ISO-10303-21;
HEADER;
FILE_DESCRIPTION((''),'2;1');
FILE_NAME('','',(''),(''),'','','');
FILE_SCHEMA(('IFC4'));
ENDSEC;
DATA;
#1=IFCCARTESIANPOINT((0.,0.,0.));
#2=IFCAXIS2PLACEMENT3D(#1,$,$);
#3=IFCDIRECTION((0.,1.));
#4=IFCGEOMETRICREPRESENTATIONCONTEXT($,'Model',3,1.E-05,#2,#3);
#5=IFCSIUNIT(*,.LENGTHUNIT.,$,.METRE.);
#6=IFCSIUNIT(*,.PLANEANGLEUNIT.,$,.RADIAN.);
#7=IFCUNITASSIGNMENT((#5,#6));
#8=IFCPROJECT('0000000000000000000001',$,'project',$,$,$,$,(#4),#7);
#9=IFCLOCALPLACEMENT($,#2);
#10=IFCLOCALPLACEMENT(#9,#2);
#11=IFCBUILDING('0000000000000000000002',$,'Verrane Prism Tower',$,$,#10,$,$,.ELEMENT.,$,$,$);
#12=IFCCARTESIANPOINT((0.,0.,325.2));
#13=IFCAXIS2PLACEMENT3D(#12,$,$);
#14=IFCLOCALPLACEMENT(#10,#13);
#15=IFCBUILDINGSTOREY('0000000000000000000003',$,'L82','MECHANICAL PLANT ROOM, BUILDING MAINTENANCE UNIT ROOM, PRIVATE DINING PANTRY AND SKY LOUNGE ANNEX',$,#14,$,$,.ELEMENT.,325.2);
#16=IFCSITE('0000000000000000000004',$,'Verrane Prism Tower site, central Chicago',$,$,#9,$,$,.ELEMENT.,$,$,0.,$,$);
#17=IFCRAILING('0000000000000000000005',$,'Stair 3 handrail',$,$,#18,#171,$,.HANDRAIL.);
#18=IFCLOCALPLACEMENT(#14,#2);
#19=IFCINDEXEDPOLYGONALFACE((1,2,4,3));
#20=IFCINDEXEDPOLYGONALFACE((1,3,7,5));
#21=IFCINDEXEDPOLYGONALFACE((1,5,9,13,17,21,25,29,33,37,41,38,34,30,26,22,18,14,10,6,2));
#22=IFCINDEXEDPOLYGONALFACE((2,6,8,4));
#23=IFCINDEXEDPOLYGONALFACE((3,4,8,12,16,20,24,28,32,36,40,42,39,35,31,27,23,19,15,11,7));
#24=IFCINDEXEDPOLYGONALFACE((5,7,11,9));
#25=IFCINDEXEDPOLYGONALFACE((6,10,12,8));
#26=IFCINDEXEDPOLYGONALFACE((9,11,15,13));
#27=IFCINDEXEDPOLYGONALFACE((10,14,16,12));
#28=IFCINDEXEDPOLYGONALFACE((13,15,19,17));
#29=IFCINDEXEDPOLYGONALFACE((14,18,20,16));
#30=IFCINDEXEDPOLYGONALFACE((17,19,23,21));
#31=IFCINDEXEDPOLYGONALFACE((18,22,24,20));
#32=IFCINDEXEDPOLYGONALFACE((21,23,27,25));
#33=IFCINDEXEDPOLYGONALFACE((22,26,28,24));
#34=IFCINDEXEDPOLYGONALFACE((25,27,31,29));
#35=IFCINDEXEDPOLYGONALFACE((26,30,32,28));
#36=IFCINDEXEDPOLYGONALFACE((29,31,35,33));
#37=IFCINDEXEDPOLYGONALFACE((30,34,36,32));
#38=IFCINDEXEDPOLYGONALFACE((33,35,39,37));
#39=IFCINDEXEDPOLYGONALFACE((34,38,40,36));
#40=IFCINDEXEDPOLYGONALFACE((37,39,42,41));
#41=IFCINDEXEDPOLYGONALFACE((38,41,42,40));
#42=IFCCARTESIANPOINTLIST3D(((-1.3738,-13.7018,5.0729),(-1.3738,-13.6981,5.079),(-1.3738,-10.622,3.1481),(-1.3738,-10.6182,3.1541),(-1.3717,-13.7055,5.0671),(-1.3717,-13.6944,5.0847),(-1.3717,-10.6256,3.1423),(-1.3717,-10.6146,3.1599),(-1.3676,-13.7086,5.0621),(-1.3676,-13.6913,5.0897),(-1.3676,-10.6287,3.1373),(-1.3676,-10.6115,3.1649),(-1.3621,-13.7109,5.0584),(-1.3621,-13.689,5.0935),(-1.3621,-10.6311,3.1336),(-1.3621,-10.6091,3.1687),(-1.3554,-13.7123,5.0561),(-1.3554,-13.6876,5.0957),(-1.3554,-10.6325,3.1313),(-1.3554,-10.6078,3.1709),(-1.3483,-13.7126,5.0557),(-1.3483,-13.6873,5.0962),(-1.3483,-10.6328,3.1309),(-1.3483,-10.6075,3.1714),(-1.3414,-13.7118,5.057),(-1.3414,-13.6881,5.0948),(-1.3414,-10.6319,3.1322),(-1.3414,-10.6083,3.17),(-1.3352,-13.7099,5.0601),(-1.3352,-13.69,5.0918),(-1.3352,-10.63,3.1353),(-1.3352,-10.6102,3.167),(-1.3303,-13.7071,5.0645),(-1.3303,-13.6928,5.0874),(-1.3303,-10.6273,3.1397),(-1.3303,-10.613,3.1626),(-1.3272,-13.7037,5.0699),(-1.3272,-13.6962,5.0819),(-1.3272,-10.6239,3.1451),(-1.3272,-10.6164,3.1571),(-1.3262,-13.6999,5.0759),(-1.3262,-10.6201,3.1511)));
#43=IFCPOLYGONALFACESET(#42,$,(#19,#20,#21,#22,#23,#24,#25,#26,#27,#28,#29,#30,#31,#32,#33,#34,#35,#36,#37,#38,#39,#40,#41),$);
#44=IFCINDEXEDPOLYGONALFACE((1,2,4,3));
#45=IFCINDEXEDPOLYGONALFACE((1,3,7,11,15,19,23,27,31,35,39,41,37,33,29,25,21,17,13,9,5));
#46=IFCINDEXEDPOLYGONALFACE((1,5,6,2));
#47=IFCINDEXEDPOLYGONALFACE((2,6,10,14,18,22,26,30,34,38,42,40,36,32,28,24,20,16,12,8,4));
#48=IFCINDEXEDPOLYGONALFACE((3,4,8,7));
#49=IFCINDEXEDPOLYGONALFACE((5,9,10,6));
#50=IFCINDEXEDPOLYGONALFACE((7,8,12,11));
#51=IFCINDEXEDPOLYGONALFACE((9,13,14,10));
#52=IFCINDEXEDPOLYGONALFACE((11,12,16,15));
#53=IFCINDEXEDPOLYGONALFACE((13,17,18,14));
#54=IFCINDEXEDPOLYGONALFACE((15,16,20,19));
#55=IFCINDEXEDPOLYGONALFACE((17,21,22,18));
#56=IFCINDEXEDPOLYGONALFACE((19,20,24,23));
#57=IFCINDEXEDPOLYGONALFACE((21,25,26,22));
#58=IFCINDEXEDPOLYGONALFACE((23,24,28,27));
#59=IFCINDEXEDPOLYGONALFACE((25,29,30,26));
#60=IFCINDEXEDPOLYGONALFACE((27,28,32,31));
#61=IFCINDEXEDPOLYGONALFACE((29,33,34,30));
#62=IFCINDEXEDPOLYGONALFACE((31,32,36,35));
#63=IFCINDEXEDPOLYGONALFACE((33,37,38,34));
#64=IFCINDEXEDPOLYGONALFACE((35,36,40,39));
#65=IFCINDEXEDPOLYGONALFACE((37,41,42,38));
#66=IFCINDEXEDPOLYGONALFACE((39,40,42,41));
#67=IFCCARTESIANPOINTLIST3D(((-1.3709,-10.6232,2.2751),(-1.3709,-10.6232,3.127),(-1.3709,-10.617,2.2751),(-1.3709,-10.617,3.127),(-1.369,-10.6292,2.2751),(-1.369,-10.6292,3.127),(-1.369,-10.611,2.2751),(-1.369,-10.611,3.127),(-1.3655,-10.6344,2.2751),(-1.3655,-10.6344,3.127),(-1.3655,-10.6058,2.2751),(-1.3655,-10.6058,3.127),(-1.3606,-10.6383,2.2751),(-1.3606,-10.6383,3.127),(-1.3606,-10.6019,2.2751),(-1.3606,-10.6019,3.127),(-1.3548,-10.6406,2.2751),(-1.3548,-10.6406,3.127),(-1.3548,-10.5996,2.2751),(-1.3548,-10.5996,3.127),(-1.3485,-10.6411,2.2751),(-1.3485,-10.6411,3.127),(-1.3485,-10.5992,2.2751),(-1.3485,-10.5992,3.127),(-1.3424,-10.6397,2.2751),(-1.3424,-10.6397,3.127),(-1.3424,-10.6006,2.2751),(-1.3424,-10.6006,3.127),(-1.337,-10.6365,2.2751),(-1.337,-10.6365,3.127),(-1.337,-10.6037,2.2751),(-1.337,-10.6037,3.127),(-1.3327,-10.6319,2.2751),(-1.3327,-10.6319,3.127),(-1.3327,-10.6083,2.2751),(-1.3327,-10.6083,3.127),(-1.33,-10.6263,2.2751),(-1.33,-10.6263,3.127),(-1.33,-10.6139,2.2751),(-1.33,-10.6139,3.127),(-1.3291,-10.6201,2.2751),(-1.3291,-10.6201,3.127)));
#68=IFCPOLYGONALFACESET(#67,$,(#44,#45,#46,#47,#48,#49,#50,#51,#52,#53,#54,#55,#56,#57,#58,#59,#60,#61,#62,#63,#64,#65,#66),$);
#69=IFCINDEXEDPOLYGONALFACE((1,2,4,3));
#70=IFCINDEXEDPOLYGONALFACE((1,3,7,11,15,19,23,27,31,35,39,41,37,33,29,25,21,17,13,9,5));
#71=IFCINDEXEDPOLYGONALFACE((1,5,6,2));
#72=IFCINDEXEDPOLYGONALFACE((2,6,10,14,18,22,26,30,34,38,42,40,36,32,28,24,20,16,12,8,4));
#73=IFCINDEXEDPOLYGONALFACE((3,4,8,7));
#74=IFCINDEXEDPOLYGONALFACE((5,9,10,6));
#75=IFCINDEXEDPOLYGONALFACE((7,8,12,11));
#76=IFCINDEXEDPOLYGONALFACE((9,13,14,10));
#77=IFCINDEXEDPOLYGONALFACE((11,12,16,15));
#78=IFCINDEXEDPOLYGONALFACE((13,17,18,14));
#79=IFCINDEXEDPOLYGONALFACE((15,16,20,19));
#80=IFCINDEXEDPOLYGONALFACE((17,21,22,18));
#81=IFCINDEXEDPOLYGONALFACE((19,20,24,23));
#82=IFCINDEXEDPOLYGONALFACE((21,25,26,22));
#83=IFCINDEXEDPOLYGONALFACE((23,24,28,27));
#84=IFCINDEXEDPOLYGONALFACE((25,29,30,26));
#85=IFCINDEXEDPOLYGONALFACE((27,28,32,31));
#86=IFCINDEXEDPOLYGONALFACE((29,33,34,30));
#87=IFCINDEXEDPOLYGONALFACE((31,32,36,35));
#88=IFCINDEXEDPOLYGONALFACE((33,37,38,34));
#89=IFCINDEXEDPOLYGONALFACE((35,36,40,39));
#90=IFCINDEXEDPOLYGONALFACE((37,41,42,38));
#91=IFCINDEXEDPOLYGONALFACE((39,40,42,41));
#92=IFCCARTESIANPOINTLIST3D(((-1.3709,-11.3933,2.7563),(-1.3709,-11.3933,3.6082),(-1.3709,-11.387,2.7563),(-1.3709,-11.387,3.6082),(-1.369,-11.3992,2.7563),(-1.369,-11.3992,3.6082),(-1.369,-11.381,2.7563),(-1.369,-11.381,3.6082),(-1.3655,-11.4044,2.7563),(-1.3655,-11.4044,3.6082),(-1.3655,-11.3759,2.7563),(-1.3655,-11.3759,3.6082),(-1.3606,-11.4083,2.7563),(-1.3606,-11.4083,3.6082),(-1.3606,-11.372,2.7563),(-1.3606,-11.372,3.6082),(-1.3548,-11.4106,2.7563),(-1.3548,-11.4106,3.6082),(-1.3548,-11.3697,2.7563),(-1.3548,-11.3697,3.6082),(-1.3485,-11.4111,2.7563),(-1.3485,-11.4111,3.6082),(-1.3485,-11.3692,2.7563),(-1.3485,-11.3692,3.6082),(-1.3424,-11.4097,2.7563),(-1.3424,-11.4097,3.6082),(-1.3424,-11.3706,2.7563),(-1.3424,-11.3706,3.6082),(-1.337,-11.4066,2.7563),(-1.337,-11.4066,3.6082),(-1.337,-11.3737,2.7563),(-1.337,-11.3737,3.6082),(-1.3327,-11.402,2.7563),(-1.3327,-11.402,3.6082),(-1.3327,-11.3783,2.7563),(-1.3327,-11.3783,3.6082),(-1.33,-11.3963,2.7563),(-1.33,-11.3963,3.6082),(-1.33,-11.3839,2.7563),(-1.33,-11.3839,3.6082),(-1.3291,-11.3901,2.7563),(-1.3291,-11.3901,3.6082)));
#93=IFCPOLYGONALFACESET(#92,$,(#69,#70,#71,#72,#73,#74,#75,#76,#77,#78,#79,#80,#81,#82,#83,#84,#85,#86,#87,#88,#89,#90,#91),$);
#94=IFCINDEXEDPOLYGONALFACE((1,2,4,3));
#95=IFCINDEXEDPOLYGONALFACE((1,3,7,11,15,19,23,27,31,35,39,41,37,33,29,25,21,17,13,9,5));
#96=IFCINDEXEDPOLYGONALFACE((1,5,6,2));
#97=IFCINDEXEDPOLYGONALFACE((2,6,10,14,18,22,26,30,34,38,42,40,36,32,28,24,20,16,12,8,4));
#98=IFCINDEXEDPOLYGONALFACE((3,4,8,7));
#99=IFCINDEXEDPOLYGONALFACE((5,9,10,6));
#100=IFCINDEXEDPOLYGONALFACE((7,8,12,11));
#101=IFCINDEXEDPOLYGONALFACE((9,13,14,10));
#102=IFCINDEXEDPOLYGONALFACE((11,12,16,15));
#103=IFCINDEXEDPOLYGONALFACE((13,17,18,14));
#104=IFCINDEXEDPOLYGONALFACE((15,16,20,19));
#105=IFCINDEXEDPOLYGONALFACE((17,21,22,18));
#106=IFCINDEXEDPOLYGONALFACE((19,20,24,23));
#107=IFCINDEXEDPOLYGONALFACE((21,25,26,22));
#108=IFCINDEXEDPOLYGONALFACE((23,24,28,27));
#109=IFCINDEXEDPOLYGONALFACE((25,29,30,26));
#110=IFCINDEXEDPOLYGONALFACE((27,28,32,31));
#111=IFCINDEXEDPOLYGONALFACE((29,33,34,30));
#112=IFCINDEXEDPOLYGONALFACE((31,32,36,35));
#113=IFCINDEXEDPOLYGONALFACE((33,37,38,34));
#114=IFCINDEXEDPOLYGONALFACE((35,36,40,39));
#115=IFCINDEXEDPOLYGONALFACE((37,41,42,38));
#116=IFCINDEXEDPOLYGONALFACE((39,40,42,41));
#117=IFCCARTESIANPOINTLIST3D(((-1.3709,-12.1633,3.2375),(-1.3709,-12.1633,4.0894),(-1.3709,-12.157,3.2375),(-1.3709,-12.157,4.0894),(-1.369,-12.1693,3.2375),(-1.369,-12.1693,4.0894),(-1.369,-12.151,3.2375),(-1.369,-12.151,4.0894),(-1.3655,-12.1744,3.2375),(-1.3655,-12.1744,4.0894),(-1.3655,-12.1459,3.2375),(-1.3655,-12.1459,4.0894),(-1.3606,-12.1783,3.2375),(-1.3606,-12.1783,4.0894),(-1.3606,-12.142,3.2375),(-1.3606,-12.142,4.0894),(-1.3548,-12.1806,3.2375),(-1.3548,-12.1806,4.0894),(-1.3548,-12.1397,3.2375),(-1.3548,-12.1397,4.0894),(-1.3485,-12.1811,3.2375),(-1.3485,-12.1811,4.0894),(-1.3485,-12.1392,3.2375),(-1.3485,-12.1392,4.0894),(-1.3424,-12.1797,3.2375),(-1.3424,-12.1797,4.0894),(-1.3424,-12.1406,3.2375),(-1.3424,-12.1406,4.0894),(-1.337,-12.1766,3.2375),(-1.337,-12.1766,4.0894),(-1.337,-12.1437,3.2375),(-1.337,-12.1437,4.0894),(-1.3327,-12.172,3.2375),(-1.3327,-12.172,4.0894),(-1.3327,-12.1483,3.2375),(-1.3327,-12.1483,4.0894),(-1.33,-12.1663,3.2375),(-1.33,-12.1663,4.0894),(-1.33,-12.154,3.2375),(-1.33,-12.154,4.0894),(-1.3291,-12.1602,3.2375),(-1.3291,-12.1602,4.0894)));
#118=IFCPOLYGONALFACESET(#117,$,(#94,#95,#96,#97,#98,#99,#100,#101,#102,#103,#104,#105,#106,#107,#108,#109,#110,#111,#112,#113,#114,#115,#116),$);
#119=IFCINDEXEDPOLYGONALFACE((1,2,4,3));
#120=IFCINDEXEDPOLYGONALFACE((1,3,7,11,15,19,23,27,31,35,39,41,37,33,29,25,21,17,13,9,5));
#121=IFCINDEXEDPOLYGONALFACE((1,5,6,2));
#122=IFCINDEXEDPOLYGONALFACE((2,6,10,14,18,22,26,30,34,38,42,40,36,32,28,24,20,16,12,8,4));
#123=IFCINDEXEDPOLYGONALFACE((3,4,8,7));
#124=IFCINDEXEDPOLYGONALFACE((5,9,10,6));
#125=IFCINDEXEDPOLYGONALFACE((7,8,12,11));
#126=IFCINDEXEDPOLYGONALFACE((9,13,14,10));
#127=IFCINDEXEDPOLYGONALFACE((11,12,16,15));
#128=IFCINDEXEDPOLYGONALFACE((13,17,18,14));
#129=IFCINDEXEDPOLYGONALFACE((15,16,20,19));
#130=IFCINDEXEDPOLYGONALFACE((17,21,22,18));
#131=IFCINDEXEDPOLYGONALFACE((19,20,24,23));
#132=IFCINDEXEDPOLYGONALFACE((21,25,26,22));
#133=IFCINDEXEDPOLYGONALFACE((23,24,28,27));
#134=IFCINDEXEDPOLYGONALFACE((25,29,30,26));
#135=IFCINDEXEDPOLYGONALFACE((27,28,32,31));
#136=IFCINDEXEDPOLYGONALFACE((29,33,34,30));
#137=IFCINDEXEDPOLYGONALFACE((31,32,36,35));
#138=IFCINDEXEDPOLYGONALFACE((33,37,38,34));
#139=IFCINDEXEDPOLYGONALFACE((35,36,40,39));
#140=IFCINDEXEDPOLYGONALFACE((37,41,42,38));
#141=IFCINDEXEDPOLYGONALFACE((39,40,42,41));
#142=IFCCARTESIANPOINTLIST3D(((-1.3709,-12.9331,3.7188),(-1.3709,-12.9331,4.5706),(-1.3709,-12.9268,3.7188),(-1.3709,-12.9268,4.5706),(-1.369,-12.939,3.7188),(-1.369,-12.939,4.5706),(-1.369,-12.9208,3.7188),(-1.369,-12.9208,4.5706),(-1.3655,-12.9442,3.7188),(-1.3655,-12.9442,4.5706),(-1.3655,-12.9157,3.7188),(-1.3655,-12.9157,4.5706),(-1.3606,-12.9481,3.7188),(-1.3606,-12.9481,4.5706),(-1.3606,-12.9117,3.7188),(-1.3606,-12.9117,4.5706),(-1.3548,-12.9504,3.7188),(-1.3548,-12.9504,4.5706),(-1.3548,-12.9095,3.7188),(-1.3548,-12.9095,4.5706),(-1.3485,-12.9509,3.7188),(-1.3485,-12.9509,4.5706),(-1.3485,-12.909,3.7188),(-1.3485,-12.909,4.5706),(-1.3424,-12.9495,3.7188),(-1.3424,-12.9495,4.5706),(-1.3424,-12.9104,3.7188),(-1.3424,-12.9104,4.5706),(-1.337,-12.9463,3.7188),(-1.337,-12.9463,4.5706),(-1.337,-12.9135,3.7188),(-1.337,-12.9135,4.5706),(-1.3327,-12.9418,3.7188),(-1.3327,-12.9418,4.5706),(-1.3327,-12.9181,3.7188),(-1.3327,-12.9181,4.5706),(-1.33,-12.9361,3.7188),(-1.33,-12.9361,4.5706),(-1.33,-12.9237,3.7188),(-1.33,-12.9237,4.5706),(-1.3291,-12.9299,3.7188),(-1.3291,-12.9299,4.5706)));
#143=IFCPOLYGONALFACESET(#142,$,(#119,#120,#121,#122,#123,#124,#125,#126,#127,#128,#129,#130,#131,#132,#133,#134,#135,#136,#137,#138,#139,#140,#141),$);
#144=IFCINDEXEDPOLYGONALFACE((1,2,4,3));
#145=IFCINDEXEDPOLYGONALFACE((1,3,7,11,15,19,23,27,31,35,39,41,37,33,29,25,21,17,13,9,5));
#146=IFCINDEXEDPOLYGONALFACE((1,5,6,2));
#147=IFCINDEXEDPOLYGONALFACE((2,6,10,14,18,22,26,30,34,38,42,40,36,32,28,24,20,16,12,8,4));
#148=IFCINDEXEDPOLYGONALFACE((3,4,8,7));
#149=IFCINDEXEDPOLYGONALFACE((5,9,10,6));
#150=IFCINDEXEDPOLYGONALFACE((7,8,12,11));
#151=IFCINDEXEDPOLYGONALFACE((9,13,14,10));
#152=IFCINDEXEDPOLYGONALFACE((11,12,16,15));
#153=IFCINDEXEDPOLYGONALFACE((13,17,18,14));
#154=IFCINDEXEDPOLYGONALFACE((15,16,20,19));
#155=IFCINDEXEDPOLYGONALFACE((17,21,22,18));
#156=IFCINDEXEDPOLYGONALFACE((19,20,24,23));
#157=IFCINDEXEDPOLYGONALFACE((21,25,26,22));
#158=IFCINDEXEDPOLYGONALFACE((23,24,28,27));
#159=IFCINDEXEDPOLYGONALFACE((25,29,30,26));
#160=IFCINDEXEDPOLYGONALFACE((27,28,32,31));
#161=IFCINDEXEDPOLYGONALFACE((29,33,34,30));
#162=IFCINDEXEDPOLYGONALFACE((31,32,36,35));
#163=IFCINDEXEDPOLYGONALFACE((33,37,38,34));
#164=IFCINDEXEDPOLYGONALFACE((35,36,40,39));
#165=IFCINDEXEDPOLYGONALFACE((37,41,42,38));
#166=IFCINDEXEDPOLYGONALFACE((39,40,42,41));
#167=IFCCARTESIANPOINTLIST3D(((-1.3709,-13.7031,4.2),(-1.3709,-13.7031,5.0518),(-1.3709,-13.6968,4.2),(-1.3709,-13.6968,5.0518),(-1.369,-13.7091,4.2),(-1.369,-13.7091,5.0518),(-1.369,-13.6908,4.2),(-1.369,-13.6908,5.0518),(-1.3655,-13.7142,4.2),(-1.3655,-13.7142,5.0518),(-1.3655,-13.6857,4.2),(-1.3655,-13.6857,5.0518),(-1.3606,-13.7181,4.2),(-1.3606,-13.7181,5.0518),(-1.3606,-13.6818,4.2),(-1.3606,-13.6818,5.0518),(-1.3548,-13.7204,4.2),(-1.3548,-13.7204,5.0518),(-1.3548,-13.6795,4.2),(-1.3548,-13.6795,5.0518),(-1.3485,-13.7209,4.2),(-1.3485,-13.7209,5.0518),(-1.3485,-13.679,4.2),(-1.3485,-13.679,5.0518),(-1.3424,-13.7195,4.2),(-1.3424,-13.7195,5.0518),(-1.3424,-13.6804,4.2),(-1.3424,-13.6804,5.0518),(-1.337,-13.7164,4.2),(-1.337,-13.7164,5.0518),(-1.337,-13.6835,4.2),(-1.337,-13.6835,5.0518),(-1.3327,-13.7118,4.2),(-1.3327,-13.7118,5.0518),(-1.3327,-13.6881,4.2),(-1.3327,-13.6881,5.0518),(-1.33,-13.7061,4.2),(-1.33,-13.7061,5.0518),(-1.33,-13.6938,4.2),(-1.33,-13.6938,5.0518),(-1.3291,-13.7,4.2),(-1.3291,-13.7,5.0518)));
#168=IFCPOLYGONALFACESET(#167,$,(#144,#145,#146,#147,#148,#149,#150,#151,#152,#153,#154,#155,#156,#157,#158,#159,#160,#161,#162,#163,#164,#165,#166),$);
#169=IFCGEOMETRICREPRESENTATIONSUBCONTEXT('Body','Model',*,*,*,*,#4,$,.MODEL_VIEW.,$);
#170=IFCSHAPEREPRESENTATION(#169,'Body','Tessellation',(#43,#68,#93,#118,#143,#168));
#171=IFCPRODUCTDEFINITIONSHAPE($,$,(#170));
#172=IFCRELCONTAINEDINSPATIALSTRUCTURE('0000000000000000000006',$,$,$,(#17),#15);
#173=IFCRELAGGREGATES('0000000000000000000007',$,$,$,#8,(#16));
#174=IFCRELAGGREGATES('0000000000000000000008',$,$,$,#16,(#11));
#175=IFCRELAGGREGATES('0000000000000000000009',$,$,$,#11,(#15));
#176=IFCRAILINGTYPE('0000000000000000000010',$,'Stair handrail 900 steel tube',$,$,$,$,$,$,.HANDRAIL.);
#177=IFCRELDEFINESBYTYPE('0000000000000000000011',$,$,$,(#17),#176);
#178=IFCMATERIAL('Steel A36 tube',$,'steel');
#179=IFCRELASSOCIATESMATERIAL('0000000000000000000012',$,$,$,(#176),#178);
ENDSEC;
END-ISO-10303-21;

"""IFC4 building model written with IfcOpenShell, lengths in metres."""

from ifc_helpers import new_model, si_unit, direction, frame, origin, origin_2d, place, context, subcontext, project, spatial, circle, extrude, material, type_object, element, save


model = new_model("IFC4")

# Units and contexts
model_context = context("Model", 3, precision=1e-05, world=origin(), true_north=direction((0.0, 1.0)))
body_context = subcontext(model_context, "Body", "Model", "MODEL_VIEW")
ifc_project = project(units=[si_unit("LENGTHUNIT", "METRE"), si_unit("PLANEANGLEUNIT", "RADIAN")], contexts=[model_context])

# Site, building, storey
site_placement = place(None, origin())
site = spatial("IfcSite", under=ifc_project, at=site_placement, Name="Verrane Prism Tower site, central Chicago", CompositionType="ELEMENT", RefElevation=0.0)
building_placement = place(site_placement, origin())
building = spatial("IfcBuilding", under=site, at=building_placement, Name="Verrane Prism Tower", CompositionType="ELEMENT")
storey_placement = place(building_placement, frame((0.0, 0.0, 325.2)))
storey = spatial("IfcBuildingStorey", under=building, at=storey_placement, Name="L82", Description="MECHANICAL PLANT ROOM, BUILDING MAINTENANCE UNIT ROOM, PRIVATE DINING PANTRY AND SKY LOUNGE ANNEX", CompositionType="ELEMENT", Elevation=325.2)

# Railing
ifc_material_1 = material(Name="Steel A36 tube", Category="steel")
railing_type = type_object("IfcRailingType", Name="Stair handrail 900 steel tube", PredefinedType="HANDRAIL", material=ifc_material_1)
railing_placement = place(storey_placement, frame((-1.3501, -10.6201, 2.2751)))
element("IfcRailing", 1, at=railing_placement, inside=storey, type_object=railing_type, Name="Stair 3 handrail", PredefinedType="HANDRAIL", context=body_context, shape_type="SweptSolid", body=[
    extrude(circle(Radius=0.0239, at=origin_2d()), frame((0.0, 0.0, 0.876), z_axis=(0.0, -0.84801, 0.529981), x_axis=(1.0, 0.0, 0.0)), (0.0, 0.0, 1.0), 3.6318),
    extrude(circle(Radius=0.021, at=origin_2d()), origin(), (0.0, 0.0, 1.0), 0.8518),
    extrude(circle(Radius=0.021, at=origin_2d()), frame((0.0, -0.77, 0.4812)), (0.0, 0.0, 1.0), 0.8518),
    extrude(circle(Radius=0.021, at=origin_2d()), frame((0.0, -1.54, 0.9624)), (0.0, 0.0, 1.0), 0.8518),
    extrude(circle(Radius=0.021, at=origin_2d()), frame((0.0, -2.3098, 1.4436)), (0.0, 0.0, 1.0), 0.8518),
    extrude(circle(Radius=0.021, at=origin_2d()), frame((0.0, -3.0798, 1.9248)), (0.0, 0.0, 1.0), 0.8518),
])

save(model, "model.ifc")
